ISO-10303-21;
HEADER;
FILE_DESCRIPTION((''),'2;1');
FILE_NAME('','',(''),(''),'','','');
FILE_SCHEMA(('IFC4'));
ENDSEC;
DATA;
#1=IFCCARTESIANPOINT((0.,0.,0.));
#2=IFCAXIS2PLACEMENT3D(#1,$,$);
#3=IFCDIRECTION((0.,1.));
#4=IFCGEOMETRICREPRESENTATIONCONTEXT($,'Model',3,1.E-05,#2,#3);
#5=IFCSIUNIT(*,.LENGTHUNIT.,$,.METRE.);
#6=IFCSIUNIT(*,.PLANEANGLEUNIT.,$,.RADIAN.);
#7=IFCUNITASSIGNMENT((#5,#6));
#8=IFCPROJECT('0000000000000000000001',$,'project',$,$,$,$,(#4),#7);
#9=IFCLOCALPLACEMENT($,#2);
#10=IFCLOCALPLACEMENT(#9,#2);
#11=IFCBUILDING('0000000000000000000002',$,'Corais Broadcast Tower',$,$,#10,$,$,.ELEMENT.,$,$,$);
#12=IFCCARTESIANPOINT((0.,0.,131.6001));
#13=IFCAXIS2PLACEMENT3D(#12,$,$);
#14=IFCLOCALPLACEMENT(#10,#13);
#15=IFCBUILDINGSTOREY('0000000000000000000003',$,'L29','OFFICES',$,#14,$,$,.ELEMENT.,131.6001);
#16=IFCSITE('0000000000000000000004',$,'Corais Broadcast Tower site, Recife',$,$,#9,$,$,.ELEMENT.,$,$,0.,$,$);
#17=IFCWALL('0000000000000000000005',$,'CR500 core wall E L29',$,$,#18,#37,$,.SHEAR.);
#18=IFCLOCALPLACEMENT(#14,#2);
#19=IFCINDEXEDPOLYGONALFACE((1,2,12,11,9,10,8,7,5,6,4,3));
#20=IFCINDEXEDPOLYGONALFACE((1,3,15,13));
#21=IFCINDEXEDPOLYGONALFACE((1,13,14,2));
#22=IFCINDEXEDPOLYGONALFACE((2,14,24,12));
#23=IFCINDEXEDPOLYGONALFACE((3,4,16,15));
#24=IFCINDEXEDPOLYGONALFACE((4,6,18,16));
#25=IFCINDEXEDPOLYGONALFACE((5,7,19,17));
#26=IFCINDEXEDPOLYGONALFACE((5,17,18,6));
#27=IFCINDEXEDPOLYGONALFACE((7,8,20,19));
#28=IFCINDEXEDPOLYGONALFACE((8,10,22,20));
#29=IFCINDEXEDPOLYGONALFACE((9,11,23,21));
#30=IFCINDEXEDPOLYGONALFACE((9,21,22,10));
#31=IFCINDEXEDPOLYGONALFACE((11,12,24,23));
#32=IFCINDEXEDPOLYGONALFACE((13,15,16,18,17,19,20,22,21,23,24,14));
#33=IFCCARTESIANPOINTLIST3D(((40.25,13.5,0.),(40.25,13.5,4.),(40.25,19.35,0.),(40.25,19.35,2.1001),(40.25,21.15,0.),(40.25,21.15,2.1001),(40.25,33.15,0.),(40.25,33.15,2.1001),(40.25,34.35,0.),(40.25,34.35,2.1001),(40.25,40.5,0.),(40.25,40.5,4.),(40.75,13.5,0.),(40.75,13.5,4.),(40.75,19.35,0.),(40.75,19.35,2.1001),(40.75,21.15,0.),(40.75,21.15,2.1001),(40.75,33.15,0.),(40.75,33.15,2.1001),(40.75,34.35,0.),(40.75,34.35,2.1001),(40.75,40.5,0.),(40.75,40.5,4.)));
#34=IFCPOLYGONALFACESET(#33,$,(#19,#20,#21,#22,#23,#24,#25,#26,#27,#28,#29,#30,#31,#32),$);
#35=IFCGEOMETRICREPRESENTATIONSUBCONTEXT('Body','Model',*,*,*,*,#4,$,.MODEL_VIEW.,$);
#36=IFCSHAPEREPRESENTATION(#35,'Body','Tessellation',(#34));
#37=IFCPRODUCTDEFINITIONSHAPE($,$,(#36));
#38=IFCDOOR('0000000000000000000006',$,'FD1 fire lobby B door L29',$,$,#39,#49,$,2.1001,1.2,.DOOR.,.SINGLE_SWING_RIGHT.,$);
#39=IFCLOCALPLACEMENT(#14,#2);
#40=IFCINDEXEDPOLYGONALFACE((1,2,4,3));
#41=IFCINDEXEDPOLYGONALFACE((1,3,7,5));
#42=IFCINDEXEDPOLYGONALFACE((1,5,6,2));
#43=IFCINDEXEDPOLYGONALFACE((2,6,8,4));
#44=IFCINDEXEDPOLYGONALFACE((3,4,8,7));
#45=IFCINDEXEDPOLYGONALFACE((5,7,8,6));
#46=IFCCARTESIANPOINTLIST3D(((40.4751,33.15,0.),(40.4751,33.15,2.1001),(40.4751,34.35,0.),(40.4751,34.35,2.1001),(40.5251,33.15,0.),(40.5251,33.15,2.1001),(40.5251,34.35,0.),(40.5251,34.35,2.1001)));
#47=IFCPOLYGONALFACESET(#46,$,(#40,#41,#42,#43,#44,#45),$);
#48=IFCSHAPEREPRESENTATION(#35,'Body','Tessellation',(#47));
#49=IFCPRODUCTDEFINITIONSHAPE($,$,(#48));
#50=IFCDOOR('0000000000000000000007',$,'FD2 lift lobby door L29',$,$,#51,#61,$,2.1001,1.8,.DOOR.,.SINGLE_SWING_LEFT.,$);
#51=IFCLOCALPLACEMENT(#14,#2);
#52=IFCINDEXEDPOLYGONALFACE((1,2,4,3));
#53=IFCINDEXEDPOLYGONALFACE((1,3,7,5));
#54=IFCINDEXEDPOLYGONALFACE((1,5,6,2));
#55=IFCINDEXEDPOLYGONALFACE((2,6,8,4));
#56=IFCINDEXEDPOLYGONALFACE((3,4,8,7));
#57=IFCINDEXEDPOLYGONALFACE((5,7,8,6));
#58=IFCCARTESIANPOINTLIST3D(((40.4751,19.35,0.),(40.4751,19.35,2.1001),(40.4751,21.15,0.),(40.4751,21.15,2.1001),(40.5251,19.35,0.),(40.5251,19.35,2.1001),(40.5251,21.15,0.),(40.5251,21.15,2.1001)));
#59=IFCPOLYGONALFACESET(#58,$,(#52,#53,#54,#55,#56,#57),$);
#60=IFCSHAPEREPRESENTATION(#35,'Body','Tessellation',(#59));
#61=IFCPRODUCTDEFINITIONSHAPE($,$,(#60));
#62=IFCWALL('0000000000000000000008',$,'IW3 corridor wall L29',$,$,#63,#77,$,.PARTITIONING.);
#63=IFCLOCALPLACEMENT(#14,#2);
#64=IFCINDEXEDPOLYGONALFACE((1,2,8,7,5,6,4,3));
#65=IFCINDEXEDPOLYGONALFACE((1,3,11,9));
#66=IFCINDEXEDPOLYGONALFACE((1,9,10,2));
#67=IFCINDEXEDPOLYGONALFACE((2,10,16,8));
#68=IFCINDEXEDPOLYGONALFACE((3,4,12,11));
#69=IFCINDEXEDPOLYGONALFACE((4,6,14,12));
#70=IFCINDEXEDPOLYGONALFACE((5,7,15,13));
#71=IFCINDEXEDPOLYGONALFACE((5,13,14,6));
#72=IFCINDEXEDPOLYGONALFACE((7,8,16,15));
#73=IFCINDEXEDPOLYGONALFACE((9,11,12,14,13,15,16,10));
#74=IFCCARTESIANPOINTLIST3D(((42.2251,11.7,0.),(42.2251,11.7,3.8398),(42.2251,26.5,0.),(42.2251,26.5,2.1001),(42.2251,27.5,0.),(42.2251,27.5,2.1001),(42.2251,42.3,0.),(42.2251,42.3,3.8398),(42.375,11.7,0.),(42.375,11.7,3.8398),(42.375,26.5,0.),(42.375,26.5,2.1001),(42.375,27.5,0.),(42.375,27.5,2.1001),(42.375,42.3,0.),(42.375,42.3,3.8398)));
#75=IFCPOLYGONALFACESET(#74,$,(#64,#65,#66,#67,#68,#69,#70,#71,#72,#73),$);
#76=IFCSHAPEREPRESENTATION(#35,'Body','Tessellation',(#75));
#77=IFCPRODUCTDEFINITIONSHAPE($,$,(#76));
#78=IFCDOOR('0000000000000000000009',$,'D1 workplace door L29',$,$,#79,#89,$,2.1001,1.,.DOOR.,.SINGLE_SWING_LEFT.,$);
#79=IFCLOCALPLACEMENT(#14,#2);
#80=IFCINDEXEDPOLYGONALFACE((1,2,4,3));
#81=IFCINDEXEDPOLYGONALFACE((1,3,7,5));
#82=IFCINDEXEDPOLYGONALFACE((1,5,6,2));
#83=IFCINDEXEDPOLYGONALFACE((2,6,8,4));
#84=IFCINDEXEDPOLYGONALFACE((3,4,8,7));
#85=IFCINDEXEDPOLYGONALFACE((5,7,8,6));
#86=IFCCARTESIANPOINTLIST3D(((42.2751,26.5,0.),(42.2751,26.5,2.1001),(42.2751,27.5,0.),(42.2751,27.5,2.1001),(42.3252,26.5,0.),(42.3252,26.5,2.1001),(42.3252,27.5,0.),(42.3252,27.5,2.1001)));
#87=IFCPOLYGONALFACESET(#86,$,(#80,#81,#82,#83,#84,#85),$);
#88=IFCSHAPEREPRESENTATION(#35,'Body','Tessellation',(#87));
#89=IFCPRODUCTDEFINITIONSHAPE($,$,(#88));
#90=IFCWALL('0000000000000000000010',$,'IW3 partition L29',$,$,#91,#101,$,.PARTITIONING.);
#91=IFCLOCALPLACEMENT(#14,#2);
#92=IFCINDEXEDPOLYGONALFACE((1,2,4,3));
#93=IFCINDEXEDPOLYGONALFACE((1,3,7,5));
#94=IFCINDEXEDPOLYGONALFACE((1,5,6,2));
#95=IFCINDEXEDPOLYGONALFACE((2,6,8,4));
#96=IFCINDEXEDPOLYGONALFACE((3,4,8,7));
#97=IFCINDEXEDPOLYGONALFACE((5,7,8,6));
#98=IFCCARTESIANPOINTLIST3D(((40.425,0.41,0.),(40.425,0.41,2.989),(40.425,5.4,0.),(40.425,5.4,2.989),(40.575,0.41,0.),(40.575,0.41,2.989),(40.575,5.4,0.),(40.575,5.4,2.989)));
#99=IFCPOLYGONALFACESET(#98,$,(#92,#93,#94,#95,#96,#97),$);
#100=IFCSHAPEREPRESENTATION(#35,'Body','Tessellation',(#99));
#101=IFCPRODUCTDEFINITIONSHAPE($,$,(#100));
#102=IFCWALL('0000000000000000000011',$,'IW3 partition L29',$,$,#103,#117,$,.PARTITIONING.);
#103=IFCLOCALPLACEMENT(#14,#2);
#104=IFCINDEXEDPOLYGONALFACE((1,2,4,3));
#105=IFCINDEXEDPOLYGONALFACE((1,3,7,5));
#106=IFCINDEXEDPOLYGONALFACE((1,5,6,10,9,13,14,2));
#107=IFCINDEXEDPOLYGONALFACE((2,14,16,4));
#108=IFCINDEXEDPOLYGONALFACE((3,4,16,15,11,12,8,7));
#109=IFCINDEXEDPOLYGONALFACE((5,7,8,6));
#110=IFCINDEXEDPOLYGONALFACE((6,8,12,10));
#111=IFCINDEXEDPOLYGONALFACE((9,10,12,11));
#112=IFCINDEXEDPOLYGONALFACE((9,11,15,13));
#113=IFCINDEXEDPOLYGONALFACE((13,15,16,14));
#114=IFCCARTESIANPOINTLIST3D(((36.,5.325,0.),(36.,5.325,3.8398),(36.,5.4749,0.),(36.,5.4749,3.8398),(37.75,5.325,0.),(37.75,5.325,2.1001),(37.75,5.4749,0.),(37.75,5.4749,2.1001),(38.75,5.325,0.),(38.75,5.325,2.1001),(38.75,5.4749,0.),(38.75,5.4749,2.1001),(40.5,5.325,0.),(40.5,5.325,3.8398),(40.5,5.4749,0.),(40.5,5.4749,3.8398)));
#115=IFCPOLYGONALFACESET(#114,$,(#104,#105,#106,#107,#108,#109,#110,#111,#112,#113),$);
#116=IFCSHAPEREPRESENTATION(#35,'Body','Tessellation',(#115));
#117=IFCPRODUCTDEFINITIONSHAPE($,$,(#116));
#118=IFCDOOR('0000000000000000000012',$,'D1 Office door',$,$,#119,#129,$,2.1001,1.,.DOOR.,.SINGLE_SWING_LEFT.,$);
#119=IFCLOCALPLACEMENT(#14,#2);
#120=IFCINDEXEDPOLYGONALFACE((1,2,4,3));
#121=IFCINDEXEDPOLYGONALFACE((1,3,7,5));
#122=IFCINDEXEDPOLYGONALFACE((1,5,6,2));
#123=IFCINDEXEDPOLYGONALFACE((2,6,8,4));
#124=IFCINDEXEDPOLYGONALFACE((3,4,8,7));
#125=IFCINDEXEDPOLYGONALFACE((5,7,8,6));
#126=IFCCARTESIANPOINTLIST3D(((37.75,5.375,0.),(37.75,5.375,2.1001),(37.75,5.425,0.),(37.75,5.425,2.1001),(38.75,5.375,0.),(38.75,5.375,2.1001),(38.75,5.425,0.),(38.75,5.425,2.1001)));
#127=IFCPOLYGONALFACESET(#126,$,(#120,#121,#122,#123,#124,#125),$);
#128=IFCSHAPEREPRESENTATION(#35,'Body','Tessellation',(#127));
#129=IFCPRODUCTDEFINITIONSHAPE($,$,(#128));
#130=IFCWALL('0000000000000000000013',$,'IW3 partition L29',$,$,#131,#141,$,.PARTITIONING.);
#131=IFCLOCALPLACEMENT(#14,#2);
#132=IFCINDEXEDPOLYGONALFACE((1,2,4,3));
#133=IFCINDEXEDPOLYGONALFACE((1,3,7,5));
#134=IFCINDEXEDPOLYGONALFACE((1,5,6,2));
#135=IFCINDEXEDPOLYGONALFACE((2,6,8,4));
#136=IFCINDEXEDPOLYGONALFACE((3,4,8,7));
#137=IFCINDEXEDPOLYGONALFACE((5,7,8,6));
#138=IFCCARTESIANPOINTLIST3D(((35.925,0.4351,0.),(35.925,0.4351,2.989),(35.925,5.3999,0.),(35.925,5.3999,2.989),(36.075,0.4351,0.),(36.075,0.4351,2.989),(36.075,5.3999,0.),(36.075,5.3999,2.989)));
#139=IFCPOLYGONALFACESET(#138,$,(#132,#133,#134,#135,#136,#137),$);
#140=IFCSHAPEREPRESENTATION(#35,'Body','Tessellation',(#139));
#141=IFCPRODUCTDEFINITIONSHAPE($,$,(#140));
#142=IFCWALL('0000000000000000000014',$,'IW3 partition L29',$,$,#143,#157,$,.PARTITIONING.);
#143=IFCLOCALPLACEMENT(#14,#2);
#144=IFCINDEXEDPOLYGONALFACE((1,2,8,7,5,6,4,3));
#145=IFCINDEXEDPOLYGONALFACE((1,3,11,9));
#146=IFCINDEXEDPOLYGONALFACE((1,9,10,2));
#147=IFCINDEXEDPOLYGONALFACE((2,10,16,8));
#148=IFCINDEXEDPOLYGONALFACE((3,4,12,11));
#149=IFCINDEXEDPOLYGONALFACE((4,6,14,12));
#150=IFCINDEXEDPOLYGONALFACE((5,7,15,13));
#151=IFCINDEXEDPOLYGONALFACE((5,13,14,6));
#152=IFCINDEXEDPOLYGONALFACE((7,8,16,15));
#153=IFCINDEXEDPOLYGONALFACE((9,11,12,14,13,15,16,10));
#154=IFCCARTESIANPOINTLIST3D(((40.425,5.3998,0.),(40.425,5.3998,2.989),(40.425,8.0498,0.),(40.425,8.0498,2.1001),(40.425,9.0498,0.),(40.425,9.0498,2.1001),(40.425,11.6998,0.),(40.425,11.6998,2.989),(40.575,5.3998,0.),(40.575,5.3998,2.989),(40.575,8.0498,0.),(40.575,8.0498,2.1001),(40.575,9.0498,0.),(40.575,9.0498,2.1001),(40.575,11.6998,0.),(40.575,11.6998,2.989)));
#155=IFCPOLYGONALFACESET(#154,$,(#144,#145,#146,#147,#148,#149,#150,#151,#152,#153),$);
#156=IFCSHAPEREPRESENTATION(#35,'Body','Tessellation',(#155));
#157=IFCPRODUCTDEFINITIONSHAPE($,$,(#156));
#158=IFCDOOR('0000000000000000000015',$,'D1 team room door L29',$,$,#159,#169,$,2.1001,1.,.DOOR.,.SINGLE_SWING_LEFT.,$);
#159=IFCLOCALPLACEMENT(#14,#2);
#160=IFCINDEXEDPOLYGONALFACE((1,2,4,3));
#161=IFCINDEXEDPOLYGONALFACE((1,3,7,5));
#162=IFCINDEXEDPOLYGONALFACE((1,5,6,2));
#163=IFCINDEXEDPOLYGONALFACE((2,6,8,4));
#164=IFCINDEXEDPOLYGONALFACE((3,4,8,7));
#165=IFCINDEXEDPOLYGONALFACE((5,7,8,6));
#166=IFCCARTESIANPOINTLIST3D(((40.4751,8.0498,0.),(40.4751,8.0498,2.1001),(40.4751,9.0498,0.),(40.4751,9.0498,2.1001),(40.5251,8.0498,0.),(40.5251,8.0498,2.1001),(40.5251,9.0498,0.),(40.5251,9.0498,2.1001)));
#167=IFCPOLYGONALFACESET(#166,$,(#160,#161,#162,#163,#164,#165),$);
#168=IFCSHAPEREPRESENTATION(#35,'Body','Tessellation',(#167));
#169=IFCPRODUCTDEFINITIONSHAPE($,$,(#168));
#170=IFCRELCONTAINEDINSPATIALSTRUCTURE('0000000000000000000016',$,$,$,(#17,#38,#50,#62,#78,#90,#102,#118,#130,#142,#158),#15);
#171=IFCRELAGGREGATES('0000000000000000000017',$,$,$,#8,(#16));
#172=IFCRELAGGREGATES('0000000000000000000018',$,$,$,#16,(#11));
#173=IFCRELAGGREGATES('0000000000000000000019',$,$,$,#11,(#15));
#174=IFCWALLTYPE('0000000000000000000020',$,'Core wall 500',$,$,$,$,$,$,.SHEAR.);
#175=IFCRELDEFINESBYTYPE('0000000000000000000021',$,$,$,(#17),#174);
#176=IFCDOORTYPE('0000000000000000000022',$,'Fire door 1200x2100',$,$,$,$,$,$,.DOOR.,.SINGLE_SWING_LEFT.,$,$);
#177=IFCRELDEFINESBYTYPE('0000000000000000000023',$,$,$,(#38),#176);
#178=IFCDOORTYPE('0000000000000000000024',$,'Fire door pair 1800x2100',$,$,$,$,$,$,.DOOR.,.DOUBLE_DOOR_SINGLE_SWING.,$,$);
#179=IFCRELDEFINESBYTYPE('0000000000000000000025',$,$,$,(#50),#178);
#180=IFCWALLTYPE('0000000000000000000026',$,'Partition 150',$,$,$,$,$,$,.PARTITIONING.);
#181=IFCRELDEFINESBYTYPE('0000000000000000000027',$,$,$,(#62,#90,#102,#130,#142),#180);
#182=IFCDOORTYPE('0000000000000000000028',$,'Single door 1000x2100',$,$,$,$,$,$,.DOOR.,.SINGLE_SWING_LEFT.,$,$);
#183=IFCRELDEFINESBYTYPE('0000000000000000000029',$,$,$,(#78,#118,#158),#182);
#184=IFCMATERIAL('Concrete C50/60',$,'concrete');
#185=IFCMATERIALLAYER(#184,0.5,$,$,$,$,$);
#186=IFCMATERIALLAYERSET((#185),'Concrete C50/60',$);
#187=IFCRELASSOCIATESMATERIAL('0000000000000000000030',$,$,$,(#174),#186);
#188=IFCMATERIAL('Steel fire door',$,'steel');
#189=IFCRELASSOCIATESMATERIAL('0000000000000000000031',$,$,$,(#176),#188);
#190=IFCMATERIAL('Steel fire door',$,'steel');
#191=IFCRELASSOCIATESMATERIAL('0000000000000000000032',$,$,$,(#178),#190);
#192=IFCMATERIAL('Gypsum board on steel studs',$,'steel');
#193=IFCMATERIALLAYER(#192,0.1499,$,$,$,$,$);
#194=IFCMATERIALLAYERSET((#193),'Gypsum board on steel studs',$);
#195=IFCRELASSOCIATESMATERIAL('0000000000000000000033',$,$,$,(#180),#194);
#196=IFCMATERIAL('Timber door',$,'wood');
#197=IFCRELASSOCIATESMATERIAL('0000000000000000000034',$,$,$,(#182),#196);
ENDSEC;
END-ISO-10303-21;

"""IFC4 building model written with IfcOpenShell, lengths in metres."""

from ifc_helpers import new_model, si_unit, direction, frame, frame_2d, origin, place, context, subcontext, project, spatial, rectangle, extrude, material, layer, layer_set, type_object, element, fill, save


model = new_model("IFC4")

# Units and contexts
model_context = context("Model", 3, precision=1e-05, world=origin(), true_north=direction((0.0, 1.0)))
body_context = subcontext(model_context, "Body", "Model", "MODEL_VIEW")
ifc_project = project(units=[si_unit("LENGTHUNIT", "METRE"), si_unit("PLANEANGLEUNIT", "RADIAN")], contexts=[model_context])

# Site, building, storey
site_placement = place(None, origin())
site = spatial("IfcSite", under=ifc_project, at=site_placement, Name="Corais Broadcast Tower site, Recife", CompositionType="ELEMENT", RefElevation=0.0)
building_placement = place(site_placement, origin())
building = spatial("IfcBuilding", under=site, at=building_placement, Name="Corais Broadcast Tower", CompositionType="ELEMENT")
storey_placement = place(building_placement, frame((0.0, 0.0, 131.6001)))
storey = spatial("IfcBuildingStorey", under=building, at=storey_placement, Name="L29", Description="OFFICES", CompositionType="ELEMENT", Elevation=131.6001)

# Wall, openings, doors
ifc_material_1 = material(Name="Concrete C50/60", Category="concrete")
ifc_layer_1 = layer(ifc_material_1, 0.5)
ifc_layer_set_1 = layer_set([ifc_layer_1], Name="Concrete C50/60")
wall_type_1 = type_object("IfcWallType", Name="Core wall 500", PredefinedType="SHEAR", material=ifc_layer_set_1)
wall_1_placement = place(storey_placement, frame((40.5, 13.5, 0.0), z_axis=(0.0, 0.0, 1.0), x_axis=(0.0, 1.0, 0.0)))
wall_1 = element("IfcWall", 1, at=wall_1_placement, inside=storey, type_object=wall_type_1, Name="CR500 core wall E L29", PredefinedType="SHEAR", context=body_context, shape_type="SweptSolid", body=[
    extrude(rectangle(XDim=27.0, YDim=0.5, at=frame_2d((13.5, 0.0))), origin(), (0.0, 0.0, 1.0), 4.0),
])
opening_1_placement = place(wall_1_placement, frame((5.8501, 0.0, 0.0)))
opening_1 = element("IfcOpeningElement", 2, at=opening_1_placement, cuts=wall_1, PredefinedType="OPENING", context=body_context, shape_type="SweptSolid", body=[
    extrude(rectangle(XDim=1.8, YDim=2.1001, at=frame_2d((0.8999, 1.05))), frame((0.0, 0.26, 0.0), z_axis=(0.0, -1.0, 0.0), x_axis=(1.0, 0.0, 0.0)), (0.0, 0.0, 1.0), 0.52),
])
opening_2_placement = place(wall_1_placement, frame((19.6499, 0.0, 0.0)))
opening_2 = element("IfcOpeningElement", 3, at=opening_2_placement, cuts=wall_1, PredefinedType="OPENING", context=body_context, shape_type="SweptSolid", body=[
    extrude(rectangle(XDim=1.2, YDim=2.1001, at=frame_2d((0.6001, 1.05))), frame((0.0, 0.26, 0.0), z_axis=(0.0, -1.0, 0.0), x_axis=(1.0, 0.0, 0.0)), (0.0, 0.0, 1.0), 0.52),
])
ifc_material_2 = material(Name="Steel fire door", Category="steel")
door_type_1 = type_object("IfcDoorType", Name="Fire door 1200x2100", OperationType="SINGLE_SWING_LEFT", PredefinedType="DOOR", material=ifc_material_2)
door_1_placement = place(opening_2_placement, origin())
door_1 = element("IfcDoor", 4, at=door_1_placement, inside=storey, type_object=door_type_1, Name="FD1 fire lobby B door L29", OperationType="SINGLE_SWING_RIGHT", OverallHeight=2.1001, OverallWidth=1.2, PredefinedType="DOOR", context=body_context, shape_type="SweptSolid", body=[
    extrude(rectangle(XDim=1.2, YDim=2.1001, at=frame_2d((0.6001, 1.05))), frame((0.0, 0.0249, 0.0), z_axis=(0.0, -1.0, 0.0), x_axis=(1.0, 0.0, 0.0)), (0.0, 0.0, 1.0), 0.05),
])
fill(opening_2, door_1)
ifc_material_3 = material(Name="Steel fire door", Category="steel")
door_type_2 = type_object("IfcDoorType", Name="Fire door pair 1800x2100", OperationType="DOUBLE_DOOR_SINGLE_SWING", PredefinedType="DOOR", material=ifc_material_3)
door_2_placement = place(opening_1_placement, origin())
door_2 = element("IfcDoor", 5, at=door_2_placement, inside=storey, type_object=door_type_2, Name="FD2 lift lobby door L29", OperationType="SINGLE_SWING_LEFT", OverallHeight=2.1001, OverallWidth=1.8, PredefinedType="DOOR", context=body_context, shape_type="SweptSolid", body=[
    extrude(rectangle(XDim=1.8, YDim=2.1001, at=frame_2d((0.8999, 1.05))), frame((0.0, 0.0249, 0.0), z_axis=(0.0, -1.0, 0.0), x_axis=(1.0, 0.0, 0.0)), (0.0, 0.0, 1.0), 0.05),
])
fill(opening_1, door_2)

# Wall, opening, door
ifc_material_4 = material(Name="Gypsum board on steel studs", Category="steel")
ifc_layer_2 = layer(ifc_material_4, 0.1499)
ifc_layer_set_2 = layer_set([ifc_layer_2], Name="Gypsum board on steel studs")
wall_type_2 = type_object("IfcWallType", Name="Partition 150", PredefinedType="PARTITIONING", material=ifc_layer_set_2)
wall_2_placement = place(storey_placement, frame((42.3, 11.7, 0.0), z_axis=(0.0, 0.0, 1.0), x_axis=(0.0, 1.0, 0.0)))
wall_2 = element("IfcWall", 6, at=wall_2_placement, inside=storey, type_object=wall_type_2, Name="IW3 corridor wall L29", PredefinedType="PARTITIONING", context=body_context, shape_type="SweptSolid", body=[
    extrude(rectangle(XDim=30.6001, YDim=0.1499, at=frame_2d((15.3, 0.0))), origin(), (0.0, 0.0, 1.0), 3.8398),
])
opening_3_placement = place(wall_2_placement, frame((14.8, 0.0, 0.0)))
opening_3 = element("IfcOpeningElement", 7, at=opening_3_placement, cuts=wall_2, PredefinedType="OPENING", context=body_context, shape_type="SweptSolid", body=[
    extrude(rectangle(XDim=1.0, YDim=2.1001, at=frame_2d((0.5, 1.05))), frame((0.0, 0.085, 0.0), z_axis=(0.0, -1.0, 0.0), x_axis=(1.0, 0.0, 0.0)), (0.0, 0.0, 1.0), 0.1699),
])
ifc_material_5 = material(Name="Timber door", Category="wood")
door_type_3 = type_object("IfcDoorType", Name="Single door 1000x2100", OperationType="SINGLE_SWING_LEFT", PredefinedType="DOOR", material=ifc_material_5)
door_3_placement = place(opening_3_placement, origin())
door_3 = element("IfcDoor", 8, at=door_3_placement, inside=storey, type_object=door_type_3, Name="D1 workplace door L29", OperationType="SINGLE_SWING_LEFT", OverallHeight=2.1001, OverallWidth=1.0, PredefinedType="DOOR", context=body_context, shape_type="SweptSolid", body=[
    extrude(rectangle(XDim=1.0, YDim=2.1001, at=frame_2d((0.5, 1.05))), frame((0.0, 0.0249, 0.0), z_axis=(0.0, -1.0, 0.0), x_axis=(1.0, 0.0, 0.0)), (0.0, 0.0, 1.0), 0.05),
])
fill(opening_3, door_3)

# Wall
wall_3_placement = place(storey_placement, frame((40.5, 0.4099, 0.0), z_axis=(0.0, 0.0, 1.0), x_axis=(0.0, 1.0, 0.0)))
element("IfcWall", 9, at=wall_3_placement, inside=storey, type_object=wall_type_2, Name="IW3 partition L29", PredefinedType="PARTITIONING", context=body_context, shape_type="SweptSolid", body=[
    extrude(rectangle(XDim=4.99, YDim=0.1499, at=frame_2d((2.4951, 0.0))), origin(), (0.0, 0.0, 1.0), 2.989),
])

# Wall, opening, door
wall_4_placement = place(storey_placement, frame((40.5, 5.3999, 0.0), z_axis=(0.0, 0.0, 1.0), x_axis=(-1.0, 0.0, 0.0)))
wall_4 = element("IfcWall", 10, at=wall_4_placement, inside=storey, type_object=wall_type_2, Name="IW3 partition L29", PredefinedType="PARTITIONING", context=body_context, shape_type="SweptSolid", body=[
    extrude(rectangle(XDim=4.5, YDim=0.1499, at=frame_2d((2.25, 0.0))), origin(), (0.0, 0.0, 1.0), 3.8398),
])
opening_4_placement = place(wall_4_placement, frame((1.75, 0.0, 0.0)))
opening_4 = element("IfcOpeningElement", 11, at=opening_4_placement, cuts=wall_4, PredefinedType="OPENING", context=body_context, shape_type="SweptSolid", body=[
    extrude(rectangle(XDim=1.0, YDim=2.1001, at=frame_2d((0.5, 1.05))), frame((0.0, 0.085, 0.0), z_axis=(0.0, -1.0, 0.0), x_axis=(1.0, 0.0, 0.0)), (0.0, 0.0, 1.0), 0.1699),
])
door_4_placement = place(opening_4_placement, origin())
door_4 = element("IfcDoor", 12, at=door_4_placement, inside=storey, type_object=door_type_3, Name="D1 Office door", OperationType="SINGLE_SWING_LEFT", OverallHeight=2.1001, OverallWidth=1.0, PredefinedType="DOOR", context=body_context, shape_type="SweptSolid", body=[
    extrude(rectangle(XDim=1.0, YDim=2.1001, at=frame_2d((0.5, 1.05))), frame((0.0, 0.0249, 0.0), z_axis=(0.0, -1.0, 0.0), x_axis=(1.0, 0.0, 0.0)), (0.0, 0.0, 1.0), 0.05),
])
fill(opening_4, door_4)

# Wall
wall_5_placement = place(storey_placement, frame((36.0, 5.3999, 0.0), z_axis=(0.0, 0.0, 1.0), x_axis=(0.0, -1.0, 0.0)))
element("IfcWall", 13, at=wall_5_placement, inside=storey, type_object=wall_type_2, Name="IW3 partition L29", PredefinedType="PARTITIONING", context=body_context, shape_type="SweptSolid", body=[
    extrude(rectangle(XDim=4.9648, YDim=0.1499, at=frame_2d((2.4824, 0.0))), origin(), (0.0, 0.0, 1.0), 2.989),
])

# Wall, opening, door
wall_6_placement = place(storey_placement, frame((40.5, 5.3999, 0.0), z_axis=(0.0, 0.0, 1.0), x_axis=(0.0, 1.0, 0.0)))
wall_6 = element("IfcWall", 14, at=wall_6_placement, inside=storey, type_object=wall_type_2, Name="IW3 partition L29", PredefinedType="PARTITIONING", context=body_context, shape_type="SweptSolid", body=[
    extrude(rectangle(XDim=6.3, YDim=0.1499, at=frame_2d((3.1499, 0.0))), origin(), (0.0, 0.0, 1.0), 2.989),
])
opening_5_placement = place(wall_6_placement, frame((2.6499, 0.0, 0.0)))
opening_5 = element("IfcOpeningElement", 15, at=opening_5_placement, cuts=wall_6, PredefinedType="OPENING", context=body_context, shape_type="SweptSolid", body=[
    extrude(rectangle(XDim=1.0, YDim=2.1001, at=frame_2d((0.5, 1.05))), frame((0.0, 0.085, 0.0), z_axis=(0.0, -1.0, 0.0), x_axis=(1.0, 0.0, 0.0)), (0.0, 0.0, 1.0), 0.1699),
])
door_5_placement = place(opening_5_placement, origin())
door_5 = element("IfcDoor", 16, at=door_5_placement, inside=storey, type_object=door_type_3, Name="D1 team room door L29", OperationType="SINGLE_SWING_LEFT", OverallHeight=2.1001, OverallWidth=1.0, PredefinedType="DOOR", context=body_context, shape_type="SweptSolid", body=[
    extrude(rectangle(XDim=1.0, YDim=2.1001, at=frame_2d((0.5, 1.05))), frame((0.0, 0.0249, 0.0), z_axis=(0.0, -1.0, 0.0), x_axis=(1.0, 0.0, 0.0)), (0.0, 0.0, 1.0), 0.05),
])
fill(opening_5, door_5)

save(model, "model.ifc")
